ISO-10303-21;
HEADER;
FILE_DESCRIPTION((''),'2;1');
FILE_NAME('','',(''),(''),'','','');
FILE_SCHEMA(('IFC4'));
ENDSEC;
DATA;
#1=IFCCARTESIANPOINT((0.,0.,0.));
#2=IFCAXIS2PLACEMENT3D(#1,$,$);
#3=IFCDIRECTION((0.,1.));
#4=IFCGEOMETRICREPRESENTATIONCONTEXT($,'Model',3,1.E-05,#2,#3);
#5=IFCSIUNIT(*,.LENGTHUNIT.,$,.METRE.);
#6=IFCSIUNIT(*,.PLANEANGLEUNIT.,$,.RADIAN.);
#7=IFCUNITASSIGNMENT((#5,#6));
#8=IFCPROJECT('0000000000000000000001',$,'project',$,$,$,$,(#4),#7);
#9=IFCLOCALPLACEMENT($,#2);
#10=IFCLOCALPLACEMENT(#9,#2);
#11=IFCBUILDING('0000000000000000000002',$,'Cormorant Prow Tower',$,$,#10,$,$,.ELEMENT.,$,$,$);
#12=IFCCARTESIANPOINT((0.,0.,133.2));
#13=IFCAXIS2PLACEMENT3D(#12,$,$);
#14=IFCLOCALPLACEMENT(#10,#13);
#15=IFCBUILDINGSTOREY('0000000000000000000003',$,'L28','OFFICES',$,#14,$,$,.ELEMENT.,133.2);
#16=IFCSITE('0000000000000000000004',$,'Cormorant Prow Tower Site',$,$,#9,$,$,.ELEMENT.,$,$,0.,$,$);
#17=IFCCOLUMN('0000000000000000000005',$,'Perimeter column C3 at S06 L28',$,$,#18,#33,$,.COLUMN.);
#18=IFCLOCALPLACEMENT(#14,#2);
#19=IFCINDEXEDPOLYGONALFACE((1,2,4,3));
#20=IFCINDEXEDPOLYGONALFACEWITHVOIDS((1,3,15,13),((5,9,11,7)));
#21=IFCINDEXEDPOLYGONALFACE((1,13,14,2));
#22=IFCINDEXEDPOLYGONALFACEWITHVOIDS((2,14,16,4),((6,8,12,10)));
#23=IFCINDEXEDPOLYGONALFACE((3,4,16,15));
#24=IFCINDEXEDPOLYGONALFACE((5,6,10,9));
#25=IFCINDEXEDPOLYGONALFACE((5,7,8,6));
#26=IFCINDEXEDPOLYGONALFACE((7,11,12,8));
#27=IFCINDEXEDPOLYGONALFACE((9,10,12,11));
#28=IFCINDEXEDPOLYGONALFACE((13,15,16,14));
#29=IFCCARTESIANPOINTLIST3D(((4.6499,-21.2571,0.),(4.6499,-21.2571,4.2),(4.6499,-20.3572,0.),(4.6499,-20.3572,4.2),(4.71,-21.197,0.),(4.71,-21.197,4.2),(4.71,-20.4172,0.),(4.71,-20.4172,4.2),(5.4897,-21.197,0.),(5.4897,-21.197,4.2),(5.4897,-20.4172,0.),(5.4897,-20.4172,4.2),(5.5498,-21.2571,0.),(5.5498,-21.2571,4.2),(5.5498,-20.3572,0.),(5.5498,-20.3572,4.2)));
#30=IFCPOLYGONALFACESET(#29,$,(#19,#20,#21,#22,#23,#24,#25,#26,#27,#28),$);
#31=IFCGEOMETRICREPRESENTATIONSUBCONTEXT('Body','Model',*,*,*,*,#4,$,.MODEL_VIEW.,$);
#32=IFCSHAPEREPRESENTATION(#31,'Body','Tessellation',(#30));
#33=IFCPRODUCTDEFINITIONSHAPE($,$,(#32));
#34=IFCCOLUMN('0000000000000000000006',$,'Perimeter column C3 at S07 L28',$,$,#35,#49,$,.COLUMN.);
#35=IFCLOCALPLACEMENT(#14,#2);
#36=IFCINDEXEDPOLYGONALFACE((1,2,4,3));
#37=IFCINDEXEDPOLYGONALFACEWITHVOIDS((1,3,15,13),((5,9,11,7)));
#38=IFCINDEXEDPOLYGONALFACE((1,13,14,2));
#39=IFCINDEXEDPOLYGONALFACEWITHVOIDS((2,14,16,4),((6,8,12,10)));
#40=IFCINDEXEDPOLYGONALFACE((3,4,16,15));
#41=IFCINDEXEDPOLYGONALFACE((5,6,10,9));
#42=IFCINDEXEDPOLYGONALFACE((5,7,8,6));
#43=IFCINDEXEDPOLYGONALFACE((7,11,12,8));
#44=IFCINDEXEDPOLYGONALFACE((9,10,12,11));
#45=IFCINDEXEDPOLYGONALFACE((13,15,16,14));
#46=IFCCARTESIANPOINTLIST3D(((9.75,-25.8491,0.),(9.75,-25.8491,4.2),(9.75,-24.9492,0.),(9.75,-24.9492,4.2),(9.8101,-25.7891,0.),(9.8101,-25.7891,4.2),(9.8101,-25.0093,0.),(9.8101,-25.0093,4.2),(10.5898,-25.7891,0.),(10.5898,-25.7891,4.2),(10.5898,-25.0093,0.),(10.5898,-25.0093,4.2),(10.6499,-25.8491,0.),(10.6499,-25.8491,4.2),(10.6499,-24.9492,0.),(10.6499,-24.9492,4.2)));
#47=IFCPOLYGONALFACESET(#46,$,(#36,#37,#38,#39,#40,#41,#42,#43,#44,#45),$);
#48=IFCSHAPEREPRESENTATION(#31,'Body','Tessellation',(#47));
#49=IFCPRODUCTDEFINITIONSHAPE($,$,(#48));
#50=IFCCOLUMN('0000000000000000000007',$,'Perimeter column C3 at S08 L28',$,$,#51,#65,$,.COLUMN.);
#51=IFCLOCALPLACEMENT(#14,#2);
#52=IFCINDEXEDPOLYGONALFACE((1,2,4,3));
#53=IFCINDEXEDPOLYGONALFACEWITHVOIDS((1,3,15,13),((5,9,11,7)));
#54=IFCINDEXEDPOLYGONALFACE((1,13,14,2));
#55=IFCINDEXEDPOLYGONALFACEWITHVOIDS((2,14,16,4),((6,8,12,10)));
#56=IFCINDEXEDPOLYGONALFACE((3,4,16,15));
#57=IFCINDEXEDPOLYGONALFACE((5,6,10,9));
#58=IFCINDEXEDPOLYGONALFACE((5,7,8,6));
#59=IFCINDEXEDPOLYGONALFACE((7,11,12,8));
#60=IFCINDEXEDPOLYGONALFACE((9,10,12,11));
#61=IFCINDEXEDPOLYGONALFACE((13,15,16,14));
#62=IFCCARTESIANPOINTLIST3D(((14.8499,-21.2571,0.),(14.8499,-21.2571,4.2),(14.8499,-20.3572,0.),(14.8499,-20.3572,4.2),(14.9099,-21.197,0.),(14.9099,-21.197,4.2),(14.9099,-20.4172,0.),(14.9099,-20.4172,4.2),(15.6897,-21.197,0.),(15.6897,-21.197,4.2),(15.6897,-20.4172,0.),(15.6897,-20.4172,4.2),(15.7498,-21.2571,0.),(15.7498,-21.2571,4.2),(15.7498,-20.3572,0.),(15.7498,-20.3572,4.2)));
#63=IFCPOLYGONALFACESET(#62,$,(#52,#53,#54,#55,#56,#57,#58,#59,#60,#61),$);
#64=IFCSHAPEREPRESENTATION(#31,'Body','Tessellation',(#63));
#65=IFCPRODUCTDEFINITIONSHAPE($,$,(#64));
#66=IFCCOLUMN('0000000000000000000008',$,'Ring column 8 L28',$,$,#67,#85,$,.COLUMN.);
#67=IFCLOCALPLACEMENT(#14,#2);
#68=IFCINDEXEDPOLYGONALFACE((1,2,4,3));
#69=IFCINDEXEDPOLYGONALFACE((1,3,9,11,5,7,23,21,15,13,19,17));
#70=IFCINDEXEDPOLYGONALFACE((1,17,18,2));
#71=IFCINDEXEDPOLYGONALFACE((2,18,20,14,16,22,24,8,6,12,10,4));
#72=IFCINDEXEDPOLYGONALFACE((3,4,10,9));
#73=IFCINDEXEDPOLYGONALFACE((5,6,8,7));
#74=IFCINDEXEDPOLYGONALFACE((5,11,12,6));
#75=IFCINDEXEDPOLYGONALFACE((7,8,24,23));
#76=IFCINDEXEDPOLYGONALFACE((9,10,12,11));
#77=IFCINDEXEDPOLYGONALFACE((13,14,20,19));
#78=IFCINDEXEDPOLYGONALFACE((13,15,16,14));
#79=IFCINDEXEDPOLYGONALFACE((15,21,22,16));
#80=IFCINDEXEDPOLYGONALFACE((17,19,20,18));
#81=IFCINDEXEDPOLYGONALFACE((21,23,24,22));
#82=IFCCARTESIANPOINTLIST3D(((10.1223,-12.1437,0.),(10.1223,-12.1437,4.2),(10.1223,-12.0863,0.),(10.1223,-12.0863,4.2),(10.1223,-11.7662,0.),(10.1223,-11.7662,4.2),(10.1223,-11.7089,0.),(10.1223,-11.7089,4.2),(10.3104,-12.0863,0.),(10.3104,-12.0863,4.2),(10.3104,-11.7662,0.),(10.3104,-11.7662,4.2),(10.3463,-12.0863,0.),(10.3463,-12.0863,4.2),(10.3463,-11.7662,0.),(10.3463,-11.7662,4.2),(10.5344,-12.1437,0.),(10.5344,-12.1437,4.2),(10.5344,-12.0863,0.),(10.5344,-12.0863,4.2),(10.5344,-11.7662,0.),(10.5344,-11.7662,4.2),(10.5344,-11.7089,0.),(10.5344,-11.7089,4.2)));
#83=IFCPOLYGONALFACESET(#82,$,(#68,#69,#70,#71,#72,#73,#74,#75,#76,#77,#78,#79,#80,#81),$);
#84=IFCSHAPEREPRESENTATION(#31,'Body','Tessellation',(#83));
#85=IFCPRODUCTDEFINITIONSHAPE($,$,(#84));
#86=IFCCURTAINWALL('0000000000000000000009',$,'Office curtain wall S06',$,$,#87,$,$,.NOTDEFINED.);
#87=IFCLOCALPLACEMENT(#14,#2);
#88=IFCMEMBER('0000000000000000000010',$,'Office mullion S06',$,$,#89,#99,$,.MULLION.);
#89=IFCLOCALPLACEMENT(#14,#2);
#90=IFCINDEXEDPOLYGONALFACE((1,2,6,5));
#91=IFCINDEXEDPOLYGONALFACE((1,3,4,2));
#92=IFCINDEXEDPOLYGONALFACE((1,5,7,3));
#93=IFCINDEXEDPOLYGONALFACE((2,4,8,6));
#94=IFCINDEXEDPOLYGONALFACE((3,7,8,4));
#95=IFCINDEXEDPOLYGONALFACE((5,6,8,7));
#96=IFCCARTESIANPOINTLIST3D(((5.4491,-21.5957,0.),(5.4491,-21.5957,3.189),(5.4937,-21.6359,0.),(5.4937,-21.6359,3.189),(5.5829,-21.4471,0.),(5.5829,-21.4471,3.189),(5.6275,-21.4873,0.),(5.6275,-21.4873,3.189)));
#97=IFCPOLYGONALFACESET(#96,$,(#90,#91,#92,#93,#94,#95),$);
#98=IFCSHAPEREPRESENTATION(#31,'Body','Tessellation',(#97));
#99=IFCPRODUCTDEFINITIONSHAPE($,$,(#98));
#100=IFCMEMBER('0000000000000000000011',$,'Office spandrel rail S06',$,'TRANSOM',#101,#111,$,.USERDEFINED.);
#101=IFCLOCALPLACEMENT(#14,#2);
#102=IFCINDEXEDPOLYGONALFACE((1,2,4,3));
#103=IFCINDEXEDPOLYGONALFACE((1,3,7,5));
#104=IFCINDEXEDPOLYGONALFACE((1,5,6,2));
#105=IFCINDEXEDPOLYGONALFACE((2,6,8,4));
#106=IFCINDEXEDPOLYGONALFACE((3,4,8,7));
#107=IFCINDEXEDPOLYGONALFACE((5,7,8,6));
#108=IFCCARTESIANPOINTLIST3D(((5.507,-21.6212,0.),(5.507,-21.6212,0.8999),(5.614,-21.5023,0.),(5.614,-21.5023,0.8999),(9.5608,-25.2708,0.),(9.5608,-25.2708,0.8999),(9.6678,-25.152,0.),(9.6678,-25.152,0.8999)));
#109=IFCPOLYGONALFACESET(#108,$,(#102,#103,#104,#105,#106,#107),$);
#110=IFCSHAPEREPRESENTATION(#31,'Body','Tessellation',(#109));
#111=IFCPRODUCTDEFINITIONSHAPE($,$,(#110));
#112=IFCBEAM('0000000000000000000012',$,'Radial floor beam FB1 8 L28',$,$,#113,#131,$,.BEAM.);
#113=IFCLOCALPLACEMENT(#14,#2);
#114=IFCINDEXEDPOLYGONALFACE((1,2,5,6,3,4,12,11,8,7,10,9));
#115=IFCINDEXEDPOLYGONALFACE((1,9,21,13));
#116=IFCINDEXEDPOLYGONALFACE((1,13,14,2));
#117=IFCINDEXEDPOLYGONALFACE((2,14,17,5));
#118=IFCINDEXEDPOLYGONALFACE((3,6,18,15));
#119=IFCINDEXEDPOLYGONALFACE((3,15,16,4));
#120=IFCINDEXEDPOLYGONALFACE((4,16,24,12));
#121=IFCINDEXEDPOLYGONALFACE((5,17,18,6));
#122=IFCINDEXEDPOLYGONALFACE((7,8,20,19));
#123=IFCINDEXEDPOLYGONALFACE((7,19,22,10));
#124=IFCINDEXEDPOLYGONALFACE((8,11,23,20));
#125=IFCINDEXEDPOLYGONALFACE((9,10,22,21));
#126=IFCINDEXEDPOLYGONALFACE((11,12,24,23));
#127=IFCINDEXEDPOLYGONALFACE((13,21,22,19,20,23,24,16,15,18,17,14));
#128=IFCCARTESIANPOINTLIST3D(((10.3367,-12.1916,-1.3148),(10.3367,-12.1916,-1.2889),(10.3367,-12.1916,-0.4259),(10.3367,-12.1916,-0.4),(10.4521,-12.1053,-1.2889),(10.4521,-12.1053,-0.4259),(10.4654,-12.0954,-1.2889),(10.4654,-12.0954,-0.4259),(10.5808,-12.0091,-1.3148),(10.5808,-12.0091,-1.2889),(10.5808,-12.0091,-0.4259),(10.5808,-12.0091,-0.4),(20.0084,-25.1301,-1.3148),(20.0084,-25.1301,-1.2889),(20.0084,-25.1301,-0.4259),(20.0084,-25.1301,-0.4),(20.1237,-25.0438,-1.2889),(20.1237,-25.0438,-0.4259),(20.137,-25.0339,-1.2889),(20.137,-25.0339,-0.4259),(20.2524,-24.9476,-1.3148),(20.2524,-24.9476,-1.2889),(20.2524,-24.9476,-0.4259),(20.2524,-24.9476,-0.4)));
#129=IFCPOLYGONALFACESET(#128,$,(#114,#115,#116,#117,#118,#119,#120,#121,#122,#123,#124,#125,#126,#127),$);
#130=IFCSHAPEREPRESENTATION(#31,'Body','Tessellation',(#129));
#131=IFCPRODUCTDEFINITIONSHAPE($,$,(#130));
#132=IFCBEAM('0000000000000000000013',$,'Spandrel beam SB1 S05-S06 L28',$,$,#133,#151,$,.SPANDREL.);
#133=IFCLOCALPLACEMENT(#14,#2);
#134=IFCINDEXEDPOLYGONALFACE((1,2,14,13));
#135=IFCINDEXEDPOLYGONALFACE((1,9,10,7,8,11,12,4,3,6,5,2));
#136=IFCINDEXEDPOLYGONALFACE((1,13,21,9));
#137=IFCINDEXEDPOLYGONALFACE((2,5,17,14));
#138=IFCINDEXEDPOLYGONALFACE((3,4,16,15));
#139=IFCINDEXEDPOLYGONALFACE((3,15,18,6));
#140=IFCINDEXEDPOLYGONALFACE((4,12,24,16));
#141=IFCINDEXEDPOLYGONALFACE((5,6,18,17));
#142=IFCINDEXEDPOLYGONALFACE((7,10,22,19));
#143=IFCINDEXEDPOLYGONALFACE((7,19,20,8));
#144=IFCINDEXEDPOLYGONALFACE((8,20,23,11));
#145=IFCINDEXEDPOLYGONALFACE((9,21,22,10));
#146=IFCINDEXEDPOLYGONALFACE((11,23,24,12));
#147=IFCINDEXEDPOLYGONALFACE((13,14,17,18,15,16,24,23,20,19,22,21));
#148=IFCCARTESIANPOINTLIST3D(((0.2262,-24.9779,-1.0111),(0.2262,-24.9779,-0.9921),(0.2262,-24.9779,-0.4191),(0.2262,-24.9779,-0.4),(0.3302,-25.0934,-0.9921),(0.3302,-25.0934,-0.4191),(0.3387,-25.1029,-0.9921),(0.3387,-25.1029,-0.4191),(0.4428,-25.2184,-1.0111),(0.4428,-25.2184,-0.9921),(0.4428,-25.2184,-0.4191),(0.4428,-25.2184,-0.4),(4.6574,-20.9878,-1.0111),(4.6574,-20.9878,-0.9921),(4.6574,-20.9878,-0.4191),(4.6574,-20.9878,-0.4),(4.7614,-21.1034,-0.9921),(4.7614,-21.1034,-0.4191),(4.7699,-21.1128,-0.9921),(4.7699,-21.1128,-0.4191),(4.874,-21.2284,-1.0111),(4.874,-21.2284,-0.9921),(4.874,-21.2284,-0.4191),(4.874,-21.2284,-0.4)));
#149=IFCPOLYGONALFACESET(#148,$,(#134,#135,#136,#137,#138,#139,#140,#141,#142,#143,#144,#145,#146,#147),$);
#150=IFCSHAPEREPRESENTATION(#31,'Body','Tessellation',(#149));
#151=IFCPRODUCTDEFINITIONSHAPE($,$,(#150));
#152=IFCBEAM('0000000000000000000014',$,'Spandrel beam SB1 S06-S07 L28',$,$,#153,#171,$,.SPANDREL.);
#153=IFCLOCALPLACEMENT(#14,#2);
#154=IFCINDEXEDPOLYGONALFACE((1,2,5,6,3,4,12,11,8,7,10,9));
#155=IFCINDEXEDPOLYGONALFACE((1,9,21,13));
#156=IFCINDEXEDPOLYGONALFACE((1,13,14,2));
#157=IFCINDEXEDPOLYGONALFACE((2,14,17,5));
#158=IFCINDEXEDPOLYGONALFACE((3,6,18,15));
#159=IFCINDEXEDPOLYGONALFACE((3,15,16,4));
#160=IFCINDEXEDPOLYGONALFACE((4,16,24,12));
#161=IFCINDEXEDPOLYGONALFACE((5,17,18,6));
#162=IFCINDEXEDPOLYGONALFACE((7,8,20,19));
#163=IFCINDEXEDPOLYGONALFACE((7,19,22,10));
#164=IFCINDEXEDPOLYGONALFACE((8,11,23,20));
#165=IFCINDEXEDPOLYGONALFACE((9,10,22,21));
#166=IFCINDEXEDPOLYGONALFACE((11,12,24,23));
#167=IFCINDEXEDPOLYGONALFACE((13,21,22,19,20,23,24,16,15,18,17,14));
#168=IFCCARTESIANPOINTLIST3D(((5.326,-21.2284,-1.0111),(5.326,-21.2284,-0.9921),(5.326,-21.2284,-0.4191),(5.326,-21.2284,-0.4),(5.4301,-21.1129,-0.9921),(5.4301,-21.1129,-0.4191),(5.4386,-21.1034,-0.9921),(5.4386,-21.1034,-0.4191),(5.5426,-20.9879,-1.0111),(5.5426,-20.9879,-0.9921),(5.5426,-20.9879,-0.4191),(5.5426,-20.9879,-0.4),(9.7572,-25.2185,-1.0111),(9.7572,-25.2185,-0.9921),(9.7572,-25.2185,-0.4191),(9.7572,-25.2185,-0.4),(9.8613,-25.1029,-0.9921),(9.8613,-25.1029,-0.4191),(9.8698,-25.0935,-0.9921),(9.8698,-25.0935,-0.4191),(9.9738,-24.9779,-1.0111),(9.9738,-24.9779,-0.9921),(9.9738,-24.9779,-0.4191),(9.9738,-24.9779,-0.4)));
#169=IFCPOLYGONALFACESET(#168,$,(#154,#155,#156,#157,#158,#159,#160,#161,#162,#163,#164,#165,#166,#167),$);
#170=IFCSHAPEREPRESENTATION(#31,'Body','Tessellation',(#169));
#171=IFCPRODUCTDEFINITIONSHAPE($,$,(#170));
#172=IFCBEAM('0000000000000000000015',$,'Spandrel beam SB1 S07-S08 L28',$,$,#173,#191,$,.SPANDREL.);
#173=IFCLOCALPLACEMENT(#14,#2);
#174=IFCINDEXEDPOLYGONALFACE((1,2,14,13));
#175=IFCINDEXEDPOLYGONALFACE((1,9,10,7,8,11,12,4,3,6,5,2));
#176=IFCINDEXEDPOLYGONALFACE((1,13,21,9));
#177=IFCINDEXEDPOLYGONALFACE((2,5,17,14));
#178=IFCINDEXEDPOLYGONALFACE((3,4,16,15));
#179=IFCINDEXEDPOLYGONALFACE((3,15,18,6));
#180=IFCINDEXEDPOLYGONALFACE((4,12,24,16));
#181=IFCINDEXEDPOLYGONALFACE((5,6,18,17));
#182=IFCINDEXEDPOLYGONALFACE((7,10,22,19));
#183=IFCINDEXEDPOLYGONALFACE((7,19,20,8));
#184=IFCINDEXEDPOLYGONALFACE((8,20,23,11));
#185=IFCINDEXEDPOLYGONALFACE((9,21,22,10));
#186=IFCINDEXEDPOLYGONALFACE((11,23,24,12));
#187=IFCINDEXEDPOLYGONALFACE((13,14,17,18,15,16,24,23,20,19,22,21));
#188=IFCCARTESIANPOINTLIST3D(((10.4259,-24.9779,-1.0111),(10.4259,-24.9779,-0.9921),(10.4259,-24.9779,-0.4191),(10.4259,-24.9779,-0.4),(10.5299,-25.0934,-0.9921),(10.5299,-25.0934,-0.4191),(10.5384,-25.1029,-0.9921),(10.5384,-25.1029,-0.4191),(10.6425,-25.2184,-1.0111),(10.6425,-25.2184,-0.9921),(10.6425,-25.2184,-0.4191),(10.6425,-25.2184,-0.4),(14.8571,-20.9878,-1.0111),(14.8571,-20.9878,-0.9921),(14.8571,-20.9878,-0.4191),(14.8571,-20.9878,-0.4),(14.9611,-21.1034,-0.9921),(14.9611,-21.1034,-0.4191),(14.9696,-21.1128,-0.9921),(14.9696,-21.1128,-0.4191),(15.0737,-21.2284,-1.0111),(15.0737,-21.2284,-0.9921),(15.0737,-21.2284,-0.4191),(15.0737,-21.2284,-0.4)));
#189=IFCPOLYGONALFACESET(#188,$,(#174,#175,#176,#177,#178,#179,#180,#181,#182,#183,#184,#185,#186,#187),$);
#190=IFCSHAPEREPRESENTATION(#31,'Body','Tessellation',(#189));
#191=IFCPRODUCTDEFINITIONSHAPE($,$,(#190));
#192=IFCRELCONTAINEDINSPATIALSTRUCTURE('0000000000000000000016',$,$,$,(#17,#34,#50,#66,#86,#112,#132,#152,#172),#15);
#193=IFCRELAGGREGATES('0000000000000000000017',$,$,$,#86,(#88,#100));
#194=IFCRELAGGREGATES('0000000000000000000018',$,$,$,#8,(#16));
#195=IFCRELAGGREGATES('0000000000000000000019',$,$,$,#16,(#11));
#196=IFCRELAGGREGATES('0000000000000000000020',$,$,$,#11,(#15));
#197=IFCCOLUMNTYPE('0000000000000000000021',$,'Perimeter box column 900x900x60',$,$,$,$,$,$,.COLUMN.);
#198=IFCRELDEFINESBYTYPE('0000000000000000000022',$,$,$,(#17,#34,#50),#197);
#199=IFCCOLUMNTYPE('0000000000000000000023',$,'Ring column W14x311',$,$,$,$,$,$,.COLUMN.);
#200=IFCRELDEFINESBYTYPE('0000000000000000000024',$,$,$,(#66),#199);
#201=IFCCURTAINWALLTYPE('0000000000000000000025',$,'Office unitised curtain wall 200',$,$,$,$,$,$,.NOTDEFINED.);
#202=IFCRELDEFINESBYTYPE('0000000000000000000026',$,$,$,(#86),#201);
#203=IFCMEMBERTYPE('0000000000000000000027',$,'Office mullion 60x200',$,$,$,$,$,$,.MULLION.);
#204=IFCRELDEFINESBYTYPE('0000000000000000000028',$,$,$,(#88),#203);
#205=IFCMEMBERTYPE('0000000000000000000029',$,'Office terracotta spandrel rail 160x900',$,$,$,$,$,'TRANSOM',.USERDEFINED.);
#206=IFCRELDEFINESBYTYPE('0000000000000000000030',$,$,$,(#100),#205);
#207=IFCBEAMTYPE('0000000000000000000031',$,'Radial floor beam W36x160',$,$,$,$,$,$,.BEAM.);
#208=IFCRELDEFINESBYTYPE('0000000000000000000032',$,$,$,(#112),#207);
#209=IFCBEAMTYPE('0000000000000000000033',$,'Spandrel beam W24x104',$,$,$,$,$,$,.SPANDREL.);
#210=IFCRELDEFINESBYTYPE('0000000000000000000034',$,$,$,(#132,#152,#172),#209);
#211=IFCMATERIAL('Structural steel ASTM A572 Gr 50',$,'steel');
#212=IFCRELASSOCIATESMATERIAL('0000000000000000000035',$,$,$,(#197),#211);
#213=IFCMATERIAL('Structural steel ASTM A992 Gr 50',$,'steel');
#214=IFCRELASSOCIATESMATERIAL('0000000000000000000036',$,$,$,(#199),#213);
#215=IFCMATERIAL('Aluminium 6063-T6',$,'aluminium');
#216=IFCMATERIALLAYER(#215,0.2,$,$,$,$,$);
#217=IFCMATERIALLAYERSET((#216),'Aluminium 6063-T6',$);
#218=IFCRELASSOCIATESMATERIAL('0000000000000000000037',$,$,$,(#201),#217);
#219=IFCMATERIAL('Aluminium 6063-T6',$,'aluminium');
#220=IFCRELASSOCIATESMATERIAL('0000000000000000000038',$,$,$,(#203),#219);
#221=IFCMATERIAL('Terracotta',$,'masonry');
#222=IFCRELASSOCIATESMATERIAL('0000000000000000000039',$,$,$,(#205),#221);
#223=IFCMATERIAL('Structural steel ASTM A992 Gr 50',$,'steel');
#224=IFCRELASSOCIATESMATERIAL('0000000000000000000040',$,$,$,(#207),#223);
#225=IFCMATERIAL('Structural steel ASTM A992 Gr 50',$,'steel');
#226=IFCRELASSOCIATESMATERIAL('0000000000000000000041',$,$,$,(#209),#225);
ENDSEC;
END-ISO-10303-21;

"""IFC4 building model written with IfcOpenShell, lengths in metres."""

from ifc_helpers import new_model, si_unit, direction, frame, origin, origin_2d, place, context, subcontext, project, spatial, rectangle, hollow_rectangle, i_section, extrude, material, layer, layer_set, material_profile, profile_set, type_object, element, aggregate, save


model = new_model("IFC4")

# Units and contexts
model_context = context("Model", 3, precision=1e-05, world=origin(), true_north=direction((0.0, 1.0)))
body_context = subcontext(model_context, "Body", "Model", "MODEL_VIEW")
ifc_project = project(units=[si_unit("LENGTHUNIT", "METRE"), si_unit("PLANEANGLEUNIT", "RADIAN")], contexts=[model_context])

# Site, building, storey
site_placement = place(None, origin())
site = spatial("IfcSite", under=ifc_project, at=site_placement, Name="Cormorant Prow Tower Site", CompositionType="ELEMENT", RefElevation=0.0)
building_placement = place(site_placement, origin())
building = spatial("IfcBuilding", under=site, at=building_placement, Name="Cormorant Prow Tower", CompositionType="ELEMENT")
storey_placement = place(building_placement, frame((0.0, 0.0, 133.2)))
storey = spatial("IfcBuildingStorey", under=building, at=storey_placement, Name="L28", Description="OFFICES", CompositionType="ELEMENT", Elevation=133.2)

# Columns
ifc_material_1 = material(Name="Structural steel ASTM A572 Gr 50", Category="steel")
ifc_material_profile_1 = material_profile(ifc_material_1, hollow_rectangle(XDim=0.8999, YDim=0.8999, WallThickness=0.0601, at=origin_2d()), Name="Box 900x900x60")
ifc_profile_set_1 = profile_set([ifc_material_profile_1], Name="Structural steel ASTM A572 Gr 50")
column_type_1 = type_object("IfcColumnType", Name="Perimeter box column 900x900x60", PredefinedType="COLUMN", material=ifc_profile_set_1)
for number, where, z_axis, x_axis, name in (
    (1, (5.0999, -20.8071, 0.0), (0.0, 0.0, 1.0), (1.0, 0.0, 0.0), "Perimeter column C3 at S06 L28"),
    (2, (10.2, -25.3992, 0.0), (0.0, 0.0, 1.0), (1.0, 0.0, 0.0), "Perimeter column C3 at S07 L28"),
    (3, (15.2998, -20.8071, 0.0), (0.0, 0.0, 1.0), (1.0, 0.0, 0.0), "Perimeter column C3 at S08 L28"),
):
    element("IfcColumn", number, at=place(storey_placement, frame(where, z_axis=z_axis, x_axis=x_axis)), inside=storey, type_object=column_type_1, Name=name, PredefinedType="COLUMN", context=body_context, shape_type="SweptSolid", body=[
        extrude(hollow_rectangle(XDim=0.8999, YDim=0.8999, WallThickness=0.0601, at=origin_2d()), origin(), (0.0, 0.0, 1.0), 4.2),
    ])
ifc_material_2 = material(Name="Structural steel ASTM A992 Gr 50", Category="steel")
ifc_material_profile_2 = material_profile(ifc_material_2, i_section(OverallWidth=0.4121, OverallDepth=0.4348, WebThickness=0.0359, FlangeThickness=0.0574, at=origin_2d()), Name="W14x311")
ifc_profile_set_2 = profile_set([ifc_material_profile_2], Name="Structural steel ASTM A992 Gr 50")
column_type_2 = type_object("IfcColumnType", Name="Ring column W14x311", PredefinedType="COLUMN", material=ifc_profile_set_2)
column_placement = place(storey_placement, frame((10.3284, -11.9263, 0.0), z_axis=(0.0, 0.0, 1.0), x_axis=(1.0, 0.0, 0.0)))
element("IfcColumn", 4, at=column_placement, inside=storey, type_object=column_type_2, Name="Ring column 8 L28", PredefinedType="COLUMN", context=body_context, shape_type="SweptSolid", body=[
    extrude(i_section(OverallWidth=0.4121, OverallDepth=0.4348, WebThickness=0.0359, FlangeThickness=0.0574, at=origin_2d()), origin(), (0.0, 0.0, 1.0), 4.2),
])

# Curtain wall, members
ifc_material_3 = material(Name="Aluminium 6063-T6", Category="aluminium")
ifc_layer_1 = layer(ifc_material_3, 0.2)
ifc_layer_set_1 = layer_set([ifc_layer_1], Name="Aluminium 6063-T6")
curtain_wall_type = type_object("IfcCurtainWallType", Name="Office unitised curtain wall 200", PredefinedType="NOTDEFINED", material=ifc_layer_set_1)
curtain_wall_placement = place(storey_placement, origin())
curtain_wall = element("IfcCurtainWall", 5, at=curtain_wall_placement, inside=storey, type_object=curtain_wall_type, Name="Office curtain wall S06", PredefinedType="NOTDEFINED")
ifc_material_4 = material(Name="Aluminium 6063-T6", Category="aluminium")
ifc_material_profile_3 = material_profile(ifc_material_4, rectangle(XDim=0.2, YDim=0.0601, at=origin_2d()), Name="Office mullion 60x200")
ifc_profile_set_3 = profile_set([ifc_material_profile_3], Name="Aluminium 6063-T6")
member_type_1 = type_object("IfcMemberType", Name="Office mullion 60x200", PredefinedType="MULLION", material=ifc_profile_set_3)
member_1_placement = place(storey_placement, frame((5.5383, -21.5415, 0.0), z_axis=(0.0, 0.0, 1.0), x_axis=(0.669131, 0.743145, 0.0)))
member_1 = element("IfcMember", 6, at=member_1_placement, type_object=member_type_1, Name="Office mullion S06", PredefinedType="MULLION", context=body_context, shape_type="SweptSolid", body=[
    extrude(rectangle(XDim=0.2, YDim=0.0601, at=origin_2d()), origin(), (0.0, 0.0, 1.0), 3.189),
])
ifc_material_5 = material(Name="Terracotta", Category="masonry")
ifc_material_profile_4 = material_profile(ifc_material_5, rectangle(XDim=0.1599, YDim=0.8999, at=origin_2d()), Name="Office terracotta spandrel rail 160x900")
ifc_profile_set_4 = profile_set([ifc_material_profile_4], Name="Terracotta")
member_type_2 = type_object("IfcMemberType", Name="Office terracotta spandrel rail 160x900", ElementType="TRANSOM", PredefinedType="USERDEFINED", material=ifc_profile_set_4)
member_2_placement = place(storey_placement, frame((5.5605, -21.5618, 0.45), z_axis=(0.743174, -0.669098, 0.0), x_axis=(0.669098, 0.743174, 0.0)))
member_2 = element("IfcMember", 7, at=member_2_placement, type_object=member_type_2, Name="Office spandrel rail S06", ObjectType="TRANSOM", PredefinedType="USERDEFINED", context=body_context, shape_type="SweptSolid", body=[
    extrude(rectangle(XDim=0.1599, YDim=0.8999, at=origin_2d()), origin(), (0.0, 0.0, 1.0), 5.4546),
])

# Beams
ifc_material_6 = material(Name="Structural steel ASTM A992 Gr 50", Category="steel")
ifc_material_profile_5 = material_profile(ifc_material_6, i_section(OverallWidth=0.3047, OverallDepth=0.9148, WebThickness=0.0166, FlangeThickness=0.0259, at=origin_2d()), Name="W36x160")
ifc_profile_set_5 = profile_set([ifc_material_profile_5], Name="Structural steel ASTM A992 Gr 50")
beam_type_1 = type_object("IfcBeamType", Name="Radial floor beam W36x160", PredefinedType="BEAM", material=ifc_profile_set_5)
beam_placement = place(storey_placement, frame((10.4587, -12.1003, -0.8574), z_axis=(0.598722, -0.800957, 0.0), x_axis=(0.800957, 0.598722, 0.0)))
element("IfcBeam", 8, at=beam_placement, inside=storey, type_object=beam_type_1, Name="Radial floor beam FB1 8 L28", PredefinedType="BEAM", context=body_context, shape_type="SweptSolid", body=[
    extrude(i_section(OverallWidth=0.3047, OverallDepth=0.9148, WebThickness=0.0166, FlangeThickness=0.0259, at=origin_2d()), origin(), (0.0, 0.0, 1.0), 16.1538),
])
ifc_material_7 = material(Name="Structural steel ASTM A992 Gr 50", Category="steel")
ifc_material_profile_6 = material_profile(ifc_material_7, i_section(OverallWidth=0.3237, OverallDepth=0.6111, WebThickness=0.0127, FlangeThickness=0.019, at=origin_2d()), Name="W24x104")
ifc_profile_set_6 = profile_set([ifc_material_profile_6], Name="Structural steel ASTM A992 Gr 50")
beam_type_2 = type_object("IfcBeamType", Name="Spandrel beam W24x104", PredefinedType="SPANDREL", material=ifc_profile_set_6)
for number, where, z_axis, x_axis, name in (
    (9, (0.3345, -25.0981, -0.7056), (0.743131, 0.669146, 0.0), (-0.669146, 0.743131, 0.0), "Spandrel beam SB1 S05-S06 L28"),
    (10, (5.4343, -21.1082, -0.7056), (0.743131, -0.669146, 0.0), (0.669146, 0.743131, 0.0), "Spandrel beam SB1 S06-S07 L28"),
    (11, (10.5342, -25.0981, -0.7056), (0.743131, 0.669146, 0.0), (-0.669146, 0.743131, 0.0), "Spandrel beam SB1 S07-S08 L28"),
):
    element("IfcBeam", number, at=place(storey_placement, frame(where, z_axis=z_axis, x_axis=x_axis)), inside=storey, type_object=beam_type_2, Name=name, PredefinedType="SPANDREL", context=body_context, shape_type="SweptSolid", body=[
        extrude(i_section(OverallWidth=0.3237, OverallDepth=0.6111, WebThickness=0.0127, FlangeThickness=0.019, at=origin_2d()), origin(), (0.0, 0.0, 1.0), 5.9629),
    ])

aggregate(curtain_wall, [member_1, member_2])

save(model, "model.ifc")
